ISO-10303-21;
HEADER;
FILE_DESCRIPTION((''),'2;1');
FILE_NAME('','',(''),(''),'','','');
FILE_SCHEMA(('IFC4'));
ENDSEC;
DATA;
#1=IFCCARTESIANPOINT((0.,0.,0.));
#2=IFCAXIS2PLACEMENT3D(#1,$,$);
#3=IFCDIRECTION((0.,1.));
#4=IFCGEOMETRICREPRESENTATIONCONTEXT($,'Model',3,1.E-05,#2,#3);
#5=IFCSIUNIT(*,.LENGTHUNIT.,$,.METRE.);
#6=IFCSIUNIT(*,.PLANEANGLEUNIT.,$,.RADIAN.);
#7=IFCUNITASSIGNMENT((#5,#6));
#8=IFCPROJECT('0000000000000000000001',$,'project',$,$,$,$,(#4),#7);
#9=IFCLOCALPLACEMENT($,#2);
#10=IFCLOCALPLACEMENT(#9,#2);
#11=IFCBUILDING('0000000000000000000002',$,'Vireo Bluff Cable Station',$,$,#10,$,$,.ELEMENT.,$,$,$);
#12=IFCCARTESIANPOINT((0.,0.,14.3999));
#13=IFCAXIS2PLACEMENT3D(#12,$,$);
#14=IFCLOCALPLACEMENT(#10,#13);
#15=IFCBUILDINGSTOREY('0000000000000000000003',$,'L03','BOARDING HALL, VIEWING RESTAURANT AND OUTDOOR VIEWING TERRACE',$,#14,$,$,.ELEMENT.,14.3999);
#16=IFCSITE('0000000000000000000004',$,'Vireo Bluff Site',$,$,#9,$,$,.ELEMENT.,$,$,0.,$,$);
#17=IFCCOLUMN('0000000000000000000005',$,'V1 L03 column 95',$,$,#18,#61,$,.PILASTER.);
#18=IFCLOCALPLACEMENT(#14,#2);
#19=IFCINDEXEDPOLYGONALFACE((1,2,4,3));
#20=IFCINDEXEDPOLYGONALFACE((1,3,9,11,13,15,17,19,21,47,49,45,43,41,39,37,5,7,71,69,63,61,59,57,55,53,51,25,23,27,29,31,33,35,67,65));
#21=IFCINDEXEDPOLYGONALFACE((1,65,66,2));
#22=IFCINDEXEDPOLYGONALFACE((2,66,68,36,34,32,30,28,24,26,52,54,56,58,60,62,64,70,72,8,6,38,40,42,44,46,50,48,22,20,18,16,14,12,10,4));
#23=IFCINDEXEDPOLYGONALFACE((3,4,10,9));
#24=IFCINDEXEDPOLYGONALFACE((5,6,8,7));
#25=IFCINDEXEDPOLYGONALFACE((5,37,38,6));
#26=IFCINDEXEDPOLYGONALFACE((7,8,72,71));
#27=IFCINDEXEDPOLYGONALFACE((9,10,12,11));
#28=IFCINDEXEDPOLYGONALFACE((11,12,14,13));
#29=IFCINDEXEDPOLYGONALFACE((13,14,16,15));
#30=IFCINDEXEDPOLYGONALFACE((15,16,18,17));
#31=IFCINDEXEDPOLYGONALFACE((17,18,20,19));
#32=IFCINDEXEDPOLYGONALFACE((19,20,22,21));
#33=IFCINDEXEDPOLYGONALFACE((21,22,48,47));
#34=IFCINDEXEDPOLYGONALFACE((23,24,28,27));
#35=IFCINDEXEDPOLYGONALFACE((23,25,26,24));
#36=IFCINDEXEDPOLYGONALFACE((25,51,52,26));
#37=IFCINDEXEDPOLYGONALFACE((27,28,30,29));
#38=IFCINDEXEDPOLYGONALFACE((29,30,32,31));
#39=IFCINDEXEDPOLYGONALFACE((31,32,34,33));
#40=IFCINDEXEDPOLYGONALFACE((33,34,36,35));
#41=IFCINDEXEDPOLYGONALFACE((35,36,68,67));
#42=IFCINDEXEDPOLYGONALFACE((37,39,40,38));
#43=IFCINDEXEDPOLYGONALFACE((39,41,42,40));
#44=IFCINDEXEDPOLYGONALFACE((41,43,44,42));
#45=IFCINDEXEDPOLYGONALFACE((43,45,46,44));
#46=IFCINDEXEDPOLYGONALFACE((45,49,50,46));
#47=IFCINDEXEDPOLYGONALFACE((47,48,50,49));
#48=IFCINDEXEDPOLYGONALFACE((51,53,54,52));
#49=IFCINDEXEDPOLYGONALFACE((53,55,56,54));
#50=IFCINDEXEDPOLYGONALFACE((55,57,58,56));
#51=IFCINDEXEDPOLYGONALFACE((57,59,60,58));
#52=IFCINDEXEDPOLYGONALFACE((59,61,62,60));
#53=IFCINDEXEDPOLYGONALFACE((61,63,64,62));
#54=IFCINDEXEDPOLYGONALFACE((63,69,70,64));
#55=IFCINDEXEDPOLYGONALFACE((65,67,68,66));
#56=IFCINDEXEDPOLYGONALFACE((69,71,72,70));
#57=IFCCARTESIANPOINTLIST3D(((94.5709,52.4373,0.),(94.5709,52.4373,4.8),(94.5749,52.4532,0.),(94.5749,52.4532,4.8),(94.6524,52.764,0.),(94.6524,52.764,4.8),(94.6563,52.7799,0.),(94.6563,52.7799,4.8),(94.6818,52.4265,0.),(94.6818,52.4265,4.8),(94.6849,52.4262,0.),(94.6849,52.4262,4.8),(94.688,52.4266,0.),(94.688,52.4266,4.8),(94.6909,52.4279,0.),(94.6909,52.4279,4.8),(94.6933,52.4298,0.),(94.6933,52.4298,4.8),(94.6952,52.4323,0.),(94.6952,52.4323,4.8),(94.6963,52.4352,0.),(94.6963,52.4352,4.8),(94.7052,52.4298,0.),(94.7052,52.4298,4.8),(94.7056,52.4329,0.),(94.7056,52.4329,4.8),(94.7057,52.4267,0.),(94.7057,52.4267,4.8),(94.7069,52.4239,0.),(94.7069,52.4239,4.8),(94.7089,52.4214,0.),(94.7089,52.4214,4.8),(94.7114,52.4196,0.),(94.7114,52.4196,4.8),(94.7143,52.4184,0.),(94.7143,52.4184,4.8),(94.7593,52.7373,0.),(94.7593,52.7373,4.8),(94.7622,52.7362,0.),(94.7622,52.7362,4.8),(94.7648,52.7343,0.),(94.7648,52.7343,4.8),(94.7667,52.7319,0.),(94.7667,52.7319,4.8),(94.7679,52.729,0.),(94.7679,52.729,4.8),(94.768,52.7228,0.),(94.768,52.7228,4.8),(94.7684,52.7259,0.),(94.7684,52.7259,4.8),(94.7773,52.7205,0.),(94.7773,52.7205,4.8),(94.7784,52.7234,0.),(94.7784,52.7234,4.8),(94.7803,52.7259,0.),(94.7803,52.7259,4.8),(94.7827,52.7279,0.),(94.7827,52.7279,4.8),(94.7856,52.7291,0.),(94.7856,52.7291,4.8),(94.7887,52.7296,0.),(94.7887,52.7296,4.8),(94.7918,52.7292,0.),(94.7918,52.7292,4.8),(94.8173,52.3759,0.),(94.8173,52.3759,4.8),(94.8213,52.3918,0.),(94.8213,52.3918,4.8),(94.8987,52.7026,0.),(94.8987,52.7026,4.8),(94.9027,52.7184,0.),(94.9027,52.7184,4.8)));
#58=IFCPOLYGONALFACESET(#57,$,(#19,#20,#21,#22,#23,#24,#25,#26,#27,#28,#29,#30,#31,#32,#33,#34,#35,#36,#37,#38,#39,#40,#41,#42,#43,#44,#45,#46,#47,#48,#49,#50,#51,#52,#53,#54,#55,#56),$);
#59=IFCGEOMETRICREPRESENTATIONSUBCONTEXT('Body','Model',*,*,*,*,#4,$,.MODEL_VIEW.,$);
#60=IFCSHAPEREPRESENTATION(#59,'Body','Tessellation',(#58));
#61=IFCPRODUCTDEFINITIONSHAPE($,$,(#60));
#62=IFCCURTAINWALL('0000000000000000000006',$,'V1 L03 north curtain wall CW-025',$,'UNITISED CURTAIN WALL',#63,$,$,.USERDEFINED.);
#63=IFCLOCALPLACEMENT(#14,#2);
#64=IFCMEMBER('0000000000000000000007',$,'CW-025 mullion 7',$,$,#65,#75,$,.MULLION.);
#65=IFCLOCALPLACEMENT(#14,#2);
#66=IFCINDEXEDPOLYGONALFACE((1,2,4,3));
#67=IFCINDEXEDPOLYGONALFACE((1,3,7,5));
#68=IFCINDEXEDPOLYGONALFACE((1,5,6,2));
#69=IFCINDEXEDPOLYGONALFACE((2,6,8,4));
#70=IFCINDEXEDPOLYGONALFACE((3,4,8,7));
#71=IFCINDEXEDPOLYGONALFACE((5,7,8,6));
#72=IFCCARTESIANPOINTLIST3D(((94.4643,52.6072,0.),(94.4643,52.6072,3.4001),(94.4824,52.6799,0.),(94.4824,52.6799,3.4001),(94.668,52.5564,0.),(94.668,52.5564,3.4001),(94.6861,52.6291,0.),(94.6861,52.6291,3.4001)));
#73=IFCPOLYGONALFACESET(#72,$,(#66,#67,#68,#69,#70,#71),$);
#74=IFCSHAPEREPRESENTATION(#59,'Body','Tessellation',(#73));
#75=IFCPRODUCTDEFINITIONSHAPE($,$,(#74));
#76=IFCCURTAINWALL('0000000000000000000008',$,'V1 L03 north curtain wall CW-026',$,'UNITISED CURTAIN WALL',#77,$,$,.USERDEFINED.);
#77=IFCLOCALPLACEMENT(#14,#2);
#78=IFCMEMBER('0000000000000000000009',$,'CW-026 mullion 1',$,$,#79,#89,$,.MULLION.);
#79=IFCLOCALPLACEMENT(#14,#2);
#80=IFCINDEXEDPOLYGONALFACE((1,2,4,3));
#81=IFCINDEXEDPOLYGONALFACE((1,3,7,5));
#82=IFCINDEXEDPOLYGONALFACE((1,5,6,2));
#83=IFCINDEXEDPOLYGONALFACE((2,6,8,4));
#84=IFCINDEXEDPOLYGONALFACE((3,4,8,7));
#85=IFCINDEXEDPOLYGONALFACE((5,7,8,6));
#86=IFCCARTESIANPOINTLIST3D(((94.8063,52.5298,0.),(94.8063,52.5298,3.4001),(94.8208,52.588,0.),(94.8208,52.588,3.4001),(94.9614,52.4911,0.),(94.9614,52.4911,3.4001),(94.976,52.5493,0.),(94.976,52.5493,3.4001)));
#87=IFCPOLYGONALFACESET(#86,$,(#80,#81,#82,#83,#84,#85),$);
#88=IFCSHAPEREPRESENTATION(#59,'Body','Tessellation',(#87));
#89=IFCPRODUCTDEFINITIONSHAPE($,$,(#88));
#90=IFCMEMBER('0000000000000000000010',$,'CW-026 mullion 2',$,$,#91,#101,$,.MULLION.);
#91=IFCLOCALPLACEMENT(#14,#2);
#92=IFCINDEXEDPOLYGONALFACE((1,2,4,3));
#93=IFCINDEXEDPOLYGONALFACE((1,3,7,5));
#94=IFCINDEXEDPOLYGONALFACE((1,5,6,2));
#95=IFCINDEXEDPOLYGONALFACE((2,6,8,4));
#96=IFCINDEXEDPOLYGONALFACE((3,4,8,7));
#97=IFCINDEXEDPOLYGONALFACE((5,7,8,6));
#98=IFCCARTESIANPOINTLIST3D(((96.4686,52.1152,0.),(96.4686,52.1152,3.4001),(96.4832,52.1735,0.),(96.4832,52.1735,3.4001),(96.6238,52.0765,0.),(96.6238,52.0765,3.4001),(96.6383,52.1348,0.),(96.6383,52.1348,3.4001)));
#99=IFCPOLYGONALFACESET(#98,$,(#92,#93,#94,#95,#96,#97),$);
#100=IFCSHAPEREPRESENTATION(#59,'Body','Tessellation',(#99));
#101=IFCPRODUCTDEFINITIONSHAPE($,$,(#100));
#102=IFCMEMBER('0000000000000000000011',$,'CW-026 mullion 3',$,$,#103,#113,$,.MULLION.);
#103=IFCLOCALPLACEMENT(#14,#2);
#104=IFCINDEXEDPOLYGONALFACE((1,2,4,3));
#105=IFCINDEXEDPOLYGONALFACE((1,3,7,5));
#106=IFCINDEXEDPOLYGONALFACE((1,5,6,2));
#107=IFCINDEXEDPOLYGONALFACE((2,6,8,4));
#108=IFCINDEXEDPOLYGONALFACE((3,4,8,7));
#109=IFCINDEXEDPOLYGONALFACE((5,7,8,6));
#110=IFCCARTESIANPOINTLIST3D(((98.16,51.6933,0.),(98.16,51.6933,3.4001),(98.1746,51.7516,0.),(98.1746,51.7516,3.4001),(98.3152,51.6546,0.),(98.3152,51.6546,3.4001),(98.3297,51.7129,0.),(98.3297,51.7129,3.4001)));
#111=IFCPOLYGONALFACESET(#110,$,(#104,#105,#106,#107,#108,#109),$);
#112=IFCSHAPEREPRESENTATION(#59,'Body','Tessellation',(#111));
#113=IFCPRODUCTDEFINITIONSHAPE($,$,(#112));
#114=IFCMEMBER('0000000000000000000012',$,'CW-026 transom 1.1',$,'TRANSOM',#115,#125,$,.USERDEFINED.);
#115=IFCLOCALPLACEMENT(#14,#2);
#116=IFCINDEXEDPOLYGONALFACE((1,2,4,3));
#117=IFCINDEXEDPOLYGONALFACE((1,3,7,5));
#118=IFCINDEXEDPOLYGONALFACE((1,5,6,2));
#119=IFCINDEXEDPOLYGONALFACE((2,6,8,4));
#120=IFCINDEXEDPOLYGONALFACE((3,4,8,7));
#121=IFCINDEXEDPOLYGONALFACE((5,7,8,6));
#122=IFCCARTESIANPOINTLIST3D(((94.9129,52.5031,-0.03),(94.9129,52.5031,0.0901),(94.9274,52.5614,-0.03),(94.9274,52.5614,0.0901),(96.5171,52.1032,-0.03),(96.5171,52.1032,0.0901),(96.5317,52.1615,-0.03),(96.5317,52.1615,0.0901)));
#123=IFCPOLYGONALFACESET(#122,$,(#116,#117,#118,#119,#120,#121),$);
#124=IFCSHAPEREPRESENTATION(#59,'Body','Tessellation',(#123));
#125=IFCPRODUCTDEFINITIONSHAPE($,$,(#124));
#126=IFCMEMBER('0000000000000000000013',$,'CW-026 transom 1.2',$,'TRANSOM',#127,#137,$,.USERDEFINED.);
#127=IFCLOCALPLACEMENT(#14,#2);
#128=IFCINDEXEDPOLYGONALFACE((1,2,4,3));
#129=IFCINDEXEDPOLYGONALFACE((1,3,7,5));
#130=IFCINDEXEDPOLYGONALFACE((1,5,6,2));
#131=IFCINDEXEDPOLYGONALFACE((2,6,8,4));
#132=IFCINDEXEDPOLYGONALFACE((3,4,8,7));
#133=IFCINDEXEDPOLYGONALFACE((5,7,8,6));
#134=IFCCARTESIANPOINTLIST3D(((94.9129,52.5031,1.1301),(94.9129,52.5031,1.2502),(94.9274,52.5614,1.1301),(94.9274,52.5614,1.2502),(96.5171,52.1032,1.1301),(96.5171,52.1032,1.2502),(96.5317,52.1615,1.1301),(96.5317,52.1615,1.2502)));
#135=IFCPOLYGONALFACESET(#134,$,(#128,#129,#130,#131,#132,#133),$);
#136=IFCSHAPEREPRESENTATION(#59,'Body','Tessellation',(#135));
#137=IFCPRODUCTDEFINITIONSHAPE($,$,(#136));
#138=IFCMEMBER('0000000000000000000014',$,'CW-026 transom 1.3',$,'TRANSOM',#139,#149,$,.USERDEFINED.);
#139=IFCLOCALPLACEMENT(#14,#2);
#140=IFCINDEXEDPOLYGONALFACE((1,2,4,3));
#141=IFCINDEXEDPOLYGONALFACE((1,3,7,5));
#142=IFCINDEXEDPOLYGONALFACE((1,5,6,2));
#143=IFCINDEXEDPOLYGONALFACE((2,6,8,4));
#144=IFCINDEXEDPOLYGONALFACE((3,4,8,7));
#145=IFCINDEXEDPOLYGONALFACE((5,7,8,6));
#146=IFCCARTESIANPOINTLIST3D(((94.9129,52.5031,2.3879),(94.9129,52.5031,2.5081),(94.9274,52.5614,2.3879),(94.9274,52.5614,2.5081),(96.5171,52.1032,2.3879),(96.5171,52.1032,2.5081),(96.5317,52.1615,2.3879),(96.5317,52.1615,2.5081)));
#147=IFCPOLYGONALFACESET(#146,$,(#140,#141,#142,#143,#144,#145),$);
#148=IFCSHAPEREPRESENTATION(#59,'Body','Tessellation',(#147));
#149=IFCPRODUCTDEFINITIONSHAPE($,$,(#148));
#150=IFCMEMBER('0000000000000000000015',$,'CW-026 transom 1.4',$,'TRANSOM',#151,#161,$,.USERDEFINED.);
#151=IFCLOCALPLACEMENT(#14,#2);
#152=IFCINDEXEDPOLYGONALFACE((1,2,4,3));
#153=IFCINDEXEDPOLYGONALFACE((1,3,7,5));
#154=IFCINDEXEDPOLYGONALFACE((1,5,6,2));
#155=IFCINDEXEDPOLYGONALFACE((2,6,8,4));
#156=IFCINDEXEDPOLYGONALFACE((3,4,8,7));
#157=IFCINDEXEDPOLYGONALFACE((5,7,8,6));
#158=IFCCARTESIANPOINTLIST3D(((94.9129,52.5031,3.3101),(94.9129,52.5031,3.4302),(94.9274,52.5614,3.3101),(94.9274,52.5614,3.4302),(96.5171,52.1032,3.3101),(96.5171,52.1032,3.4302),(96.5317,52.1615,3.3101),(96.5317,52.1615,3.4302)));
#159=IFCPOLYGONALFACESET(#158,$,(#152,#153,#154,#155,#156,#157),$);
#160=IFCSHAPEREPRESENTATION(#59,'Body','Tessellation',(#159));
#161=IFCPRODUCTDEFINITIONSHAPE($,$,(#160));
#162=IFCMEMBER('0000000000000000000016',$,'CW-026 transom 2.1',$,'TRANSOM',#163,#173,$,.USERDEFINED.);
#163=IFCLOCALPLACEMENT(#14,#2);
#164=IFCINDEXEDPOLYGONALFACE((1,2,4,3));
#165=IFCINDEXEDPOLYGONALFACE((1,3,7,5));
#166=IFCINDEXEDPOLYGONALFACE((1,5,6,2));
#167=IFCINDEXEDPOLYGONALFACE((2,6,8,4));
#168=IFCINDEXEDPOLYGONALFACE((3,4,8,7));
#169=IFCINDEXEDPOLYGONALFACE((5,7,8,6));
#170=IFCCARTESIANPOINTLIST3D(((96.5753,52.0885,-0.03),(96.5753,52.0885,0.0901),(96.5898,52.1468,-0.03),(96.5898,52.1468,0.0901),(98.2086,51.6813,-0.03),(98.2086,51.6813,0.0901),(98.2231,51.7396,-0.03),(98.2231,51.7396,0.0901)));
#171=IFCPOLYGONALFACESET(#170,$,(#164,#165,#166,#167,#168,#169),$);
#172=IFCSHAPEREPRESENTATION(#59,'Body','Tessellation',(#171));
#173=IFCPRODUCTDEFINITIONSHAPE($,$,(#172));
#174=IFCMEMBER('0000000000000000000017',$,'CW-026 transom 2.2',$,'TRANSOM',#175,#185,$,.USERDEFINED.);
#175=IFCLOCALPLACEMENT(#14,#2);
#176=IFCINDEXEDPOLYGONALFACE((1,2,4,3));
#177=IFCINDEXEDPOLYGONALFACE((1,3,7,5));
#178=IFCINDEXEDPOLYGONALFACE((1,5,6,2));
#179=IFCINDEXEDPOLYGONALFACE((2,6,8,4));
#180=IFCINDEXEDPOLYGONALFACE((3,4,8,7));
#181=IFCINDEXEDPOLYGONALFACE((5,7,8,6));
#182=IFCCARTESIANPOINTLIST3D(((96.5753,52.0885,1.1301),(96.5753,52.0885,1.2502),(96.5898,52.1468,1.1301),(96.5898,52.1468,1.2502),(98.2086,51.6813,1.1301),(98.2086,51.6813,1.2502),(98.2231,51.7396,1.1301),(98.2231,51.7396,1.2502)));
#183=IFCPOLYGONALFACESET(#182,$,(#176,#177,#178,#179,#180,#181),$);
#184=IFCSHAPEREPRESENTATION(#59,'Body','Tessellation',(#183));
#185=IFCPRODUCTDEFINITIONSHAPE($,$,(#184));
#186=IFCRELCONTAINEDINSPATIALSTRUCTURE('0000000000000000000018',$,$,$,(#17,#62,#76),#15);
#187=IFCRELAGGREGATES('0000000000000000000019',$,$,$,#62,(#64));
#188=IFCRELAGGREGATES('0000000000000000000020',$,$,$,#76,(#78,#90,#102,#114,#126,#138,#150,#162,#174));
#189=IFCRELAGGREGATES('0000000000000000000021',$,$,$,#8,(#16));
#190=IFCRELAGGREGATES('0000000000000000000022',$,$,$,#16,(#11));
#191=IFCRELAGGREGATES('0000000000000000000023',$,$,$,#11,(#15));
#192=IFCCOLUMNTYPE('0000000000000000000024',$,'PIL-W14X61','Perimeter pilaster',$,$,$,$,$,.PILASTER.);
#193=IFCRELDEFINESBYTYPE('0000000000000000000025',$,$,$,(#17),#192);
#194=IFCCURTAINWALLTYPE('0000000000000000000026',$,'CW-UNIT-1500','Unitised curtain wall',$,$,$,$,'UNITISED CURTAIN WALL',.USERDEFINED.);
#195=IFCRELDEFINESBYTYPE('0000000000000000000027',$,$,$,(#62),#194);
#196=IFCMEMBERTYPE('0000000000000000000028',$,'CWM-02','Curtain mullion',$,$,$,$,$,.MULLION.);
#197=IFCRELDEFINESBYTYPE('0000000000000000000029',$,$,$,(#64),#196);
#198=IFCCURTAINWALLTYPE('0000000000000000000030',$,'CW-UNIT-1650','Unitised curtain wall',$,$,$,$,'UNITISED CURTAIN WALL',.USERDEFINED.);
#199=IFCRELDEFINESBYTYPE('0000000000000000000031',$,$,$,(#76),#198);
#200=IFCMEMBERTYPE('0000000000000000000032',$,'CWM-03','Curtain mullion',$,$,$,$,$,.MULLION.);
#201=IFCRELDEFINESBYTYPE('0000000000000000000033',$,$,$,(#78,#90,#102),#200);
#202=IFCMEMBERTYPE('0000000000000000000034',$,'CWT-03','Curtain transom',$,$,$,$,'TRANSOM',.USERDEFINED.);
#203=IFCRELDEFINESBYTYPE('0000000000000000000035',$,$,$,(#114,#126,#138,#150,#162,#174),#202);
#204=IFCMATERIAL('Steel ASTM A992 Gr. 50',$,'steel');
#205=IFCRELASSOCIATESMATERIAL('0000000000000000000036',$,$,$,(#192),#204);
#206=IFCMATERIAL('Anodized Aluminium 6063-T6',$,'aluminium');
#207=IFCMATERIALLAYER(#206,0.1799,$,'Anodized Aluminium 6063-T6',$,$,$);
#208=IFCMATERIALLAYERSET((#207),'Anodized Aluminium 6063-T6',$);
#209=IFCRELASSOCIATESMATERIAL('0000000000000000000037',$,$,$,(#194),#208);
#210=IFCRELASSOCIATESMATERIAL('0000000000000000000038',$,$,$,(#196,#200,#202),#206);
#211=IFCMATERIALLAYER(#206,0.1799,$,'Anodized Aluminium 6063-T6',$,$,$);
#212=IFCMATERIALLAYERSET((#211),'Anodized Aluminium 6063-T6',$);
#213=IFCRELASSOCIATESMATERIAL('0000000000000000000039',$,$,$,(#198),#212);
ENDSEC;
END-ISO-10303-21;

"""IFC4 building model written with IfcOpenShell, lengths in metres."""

from ifc_helpers import new_model, si_unit, direction, frame, origin, origin_2d, place, context, subcontext, project, spatial, rectangle, i_section, extrude, material, layer, layer_set, material_profile, profile_set, type_object, element, aggregate, save


model = new_model("IFC4")

# Units and contexts
model_context = context("Model", 3, precision=1e-05, world=origin(), true_north=direction((0.0, 1.0)))
body_context = subcontext(model_context, "Body", "Model", "MODEL_VIEW")
ifc_project = project(units=[si_unit("LENGTHUNIT", "METRE"), si_unit("PLANEANGLEUNIT", "RADIAN")], contexts=[model_context])

# Site, building, storey
site_placement = place(None, origin())
site = spatial("IfcSite", under=ifc_project, at=site_placement, Name="Vireo Bluff Site", CompositionType="ELEMENT", RefElevation=0.0)
building_placement = place(site_placement, origin())
building = spatial("IfcBuilding", under=site, at=building_placement, Name="Vireo Bluff Cable Station", CompositionType="ELEMENT")
storey_placement = place(building_placement, frame((0.0, 0.0, 14.3999)))
storey = spatial("IfcBuildingStorey", under=building, at=storey_placement, Name="L03", Description="BOARDING HALL, VIEWING RESTAURANT AND OUTDOOR VIEWING TERRACE", CompositionType="ELEMENT", Elevation=14.3999)

# Column
ifc_material_1 = material(Name="Steel ASTM A992 Gr. 50", Category="steel")
ifc_material_profile_1 = material_profile(ifc_material_1, i_section(OverallWidth=0.2539, OverallDepth=0.353, WebThickness=0.0095, FlangeThickness=0.0164, FilletRadius=0.012, at=origin_2d()), Name="W14X61")
ifc_profile_set_1 = profile_set([ifc_material_profile_1], Name="Steel ASTM A992 Gr. 50")
column_type = type_object("IfcColumnType", Name="PIL-W14X61", Description="Perimeter pilaster", PredefinedType="PILASTER", material=ifc_profile_set_1)
column_placement = place(storey_placement, frame((94.7368, 52.5779, 0.0), z_axis=(0.0, 0.0, 1.0), x_axis=(0.970296, -0.241922, 0.0)))
element("IfcColumn", 1, at=column_placement, inside=storey, type_object=column_type, Name="V1 L03 column 95", PredefinedType="PILASTER", context=body_context, shape_type="SweptSolid", body=[
    extrude(i_section(OverallWidth=0.2539, OverallDepth=0.353, WebThickness=0.0095, FlangeThickness=0.0164, FilletRadius=0.012, at=origin_2d()), origin(), (0.0, 0.0, 1.0), 4.8),
])

# Curtain wall, member
ifc_material_2 = material(Name="Anodized Aluminium 6063-T6", Category="aluminium")
ifc_layer_1 = layer(ifc_material_2, 0.1799, Name="Anodized Aluminium 6063-T6")
ifc_layer_set_1 = layer_set([ifc_layer_1], Name="Anodized Aluminium 6063-T6")
curtain_wall_type_1 = type_object("IfcCurtainWallType", Name="CW-UNIT-1500", Description="Unitised curtain wall", ElementType="UNITISED CURTAIN WALL", PredefinedType="USERDEFINED", material=ifc_layer_set_1)
curtain_wall_1_placement = place(storey_placement, origin())
curtain_wall_1 = element("IfcCurtainWall", 2, at=curtain_wall_1_placement, inside=storey, type_object=curtain_wall_type_1, Name="V1 L03 north curtain wall CW-025", ObjectType="UNITISED CURTAIN WALL", PredefinedType="USERDEFINED")
ifc_material_profile_2 = material_profile(ifc_material_2, rectangle(XDim=0.075, YDim=0.21, at=origin_2d()), Name="ALU-M-75X210")
ifc_profile_set_2 = profile_set([ifc_material_profile_2], Name="Anodized Aluminium 6063-T6")
member_type_1 = type_object("IfcMemberType", Name="CWM-02", Description="Curtain mullion", PredefinedType="MULLION", material=ifc_profile_set_2)
member_1_placement = place(storey_placement, frame((94.5752, 52.6182, 0.0), z_axis=(0.0, 0.0, 1.0), x_axis=(0.241922, 0.970296, 0.0)))
member_1 = element("IfcMember", 3, at=member_1_placement, type_object=member_type_1, Name="CW-025 mullion 7", PredefinedType="MULLION", context=body_context, shape_type="SweptSolid", body=[
    extrude(rectangle(XDim=0.075, YDim=0.21, at=origin_2d()), origin(), (0.0, 0.0, 1.0), 3.4001),
])
aggregate(curtain_wall_1, [member_1])

# Curtain wall, members
ifc_layer_2 = layer(ifc_material_2, 0.1799, Name="Anodized Aluminium 6063-T6")
ifc_layer_set_2 = layer_set([ifc_layer_2], Name="Anodized Aluminium 6063-T6")
curtain_wall_type_2 = type_object("IfcCurtainWallType", Name="CW-UNIT-1650", Description="Unitised curtain wall", ElementType="UNITISED CURTAIN WALL", PredefinedType="USERDEFINED", material=ifc_layer_set_2)
curtain_wall_2_placement = place(storey_placement, origin())
curtain_wall_2 = element("IfcCurtainWall", 4, at=curtain_wall_2_placement, inside=storey, type_object=curtain_wall_type_2, Name="V1 L03 north curtain wall CW-026", ObjectType="UNITISED CURTAIN WALL", PredefinedType="USERDEFINED")
ifc_material_profile_3 = material_profile(ifc_material_2, rectangle(XDim=0.0601, YDim=0.1599, at=origin_2d()), Name="ALU-M-60X160")
ifc_profile_set_3 = profile_set([ifc_material_profile_3], Name="Anodized Aluminium 6063-T6")
member_type_2 = type_object("IfcMemberType", Name="CWM-03", Description="Curtain mullion", PredefinedType="MULLION", material=ifc_profile_set_3)
member_2_placement = place(storey_placement, frame((94.8911, 52.5396, 0.0), z_axis=(0.0, 0.0, 1.0), x_axis=(0.241922, 0.970296, 0.0)))
member_2 = element("IfcMember", 5, at=member_2_placement, type_object=member_type_2, Name="CW-026 mullion 1", PredefinedType="MULLION", context=body_context, shape_type="SweptSolid", body=[
    extrude(rectangle(XDim=0.0601, YDim=0.1599, at=origin_2d()), origin(), (0.0, 0.0, 1.0), 3.4001),
])
member_3_placement = place(storey_placement, frame((96.5535, 52.125, 0.0), z_axis=(0.0, 0.0, 1.0), x_axis=(0.241922, 0.970296, 0.0)))
member_3 = element("IfcMember", 6, at=member_3_placement, type_object=member_type_2, Name="CW-026 mullion 2", PredefinedType="MULLION", context=body_context, shape_type="SweptSolid", body=[
    extrude(rectangle(XDim=0.0601, YDim=0.1599, at=origin_2d()), origin(), (0.0, 0.0, 1.0), 3.4001),
])
member_4_placement = place(storey_placement, frame((98.2449, 51.7031, 0.0), z_axis=(0.0, 0.0, 1.0), x_axis=(0.241922, 0.970296, 0.0)))
member_4 = element("IfcMember", 7, at=member_4_placement, type_object=member_type_2, Name="CW-026 mullion 3", PredefinedType="MULLION", context=body_context, shape_type="SweptSolid", body=[
    extrude(rectangle(XDim=0.0601, YDim=0.1599, at=origin_2d()), origin(), (0.0, 0.0, 1.0), 3.4001),
])
ifc_material_profile_4 = material_profile(ifc_material_2, rectangle(XDim=0.0601, YDim=0.1201, at=origin_2d()), Name="ALU-T-60X120")
ifc_profile_set_4 = profile_set([ifc_material_profile_4], Name="Anodized Aluminium 6063-T6")
member_type_3 = type_object("IfcMemberType", Name="CWT-03", Description="Curtain transom", ElementType="TRANSOM", PredefinedType="USERDEFINED", material=ifc_profile_set_4)
member_5_placement = place(storey_placement, frame((94.9202, 52.5322, 0.03), z_axis=(0.970307, -0.241875, 0.0), x_axis=(0.241875, 0.970307, 0.0)))
member_5 = element("IfcMember", 8, at=member_5_placement, type_object=member_type_3, Name="CW-026 transom 1.1", ObjectType="TRANSOM", PredefinedType="USERDEFINED", context=body_context, shape_type="SweptSolid", body=[
    extrude(rectangle(XDim=0.0601, YDim=0.1201, at=origin_2d()), origin(), (0.0, 0.0, 1.0), 1.6533),
])
member_6_placement = place(storey_placement, frame((94.9202, 52.5322, 1.1902), z_axis=(0.970307, -0.241875, 0.0), x_axis=(0.241875, 0.970307, 0.0)))
member_6 = element("IfcMember", 9, at=member_6_placement, type_object=member_type_3, Name="CW-026 transom 1.2", ObjectType="TRANSOM", PredefinedType="USERDEFINED", context=body_context, shape_type="SweptSolid", body=[
    extrude(rectangle(XDim=0.0601, YDim=0.1201, at=origin_2d()), origin(), (0.0, 0.0, 1.0), 1.6533),
])
member_7_placement = place(storey_placement, frame((94.9202, 52.5322, 2.448), z_axis=(0.970307, -0.241875, 0.0), x_axis=(0.241875, 0.970307, 0.0)))
member_7 = element("IfcMember", 10, at=member_7_placement, type_object=member_type_3, Name="CW-026 transom 1.3", ObjectType="TRANSOM", PredefinedType="USERDEFINED", context=body_context, shape_type="SweptSolid", body=[
    extrude(rectangle(XDim=0.0601, YDim=0.1201, at=origin_2d()), origin(), (0.0, 0.0, 1.0), 1.6533),
])
member_8_placement = place(storey_placement, frame((94.9202, 52.5322, 3.3701), z_axis=(0.970307, -0.241875, 0.0), x_axis=(0.241875, 0.970307, 0.0)))
member_8 = element("IfcMember", 11, at=member_8_placement, type_object=member_type_3, Name="CW-026 transom 1.4", ObjectType="TRANSOM", PredefinedType="USERDEFINED", context=body_context, shape_type="SweptSolid", body=[
    extrude(rectangle(XDim=0.0601, YDim=0.1201, at=origin_2d()), origin(), (0.0, 0.0, 1.0), 1.6533),
])
member_9_placement = place(storey_placement, frame((96.5825, 52.1177, 0.03), z_axis=(0.970296, -0.241921, 0.0), x_axis=(0.241921, 0.970296, 0.0)))
member_9 = element("IfcMember", 12, at=member_9_placement, type_object=member_type_3, Name="CW-026 transom 2.1", ObjectType="TRANSOM", PredefinedType="USERDEFINED", context=body_context, shape_type="SweptSolid", body=[
    extrude(rectangle(XDim=0.0601, YDim=0.1201, at=origin_2d()), origin(), (0.0, 0.0, 1.0), 1.6833),
])
member_10_placement = place(storey_placement, frame((96.5825, 52.1177, 1.1902), z_axis=(0.970296, -0.241921, 0.0), x_axis=(0.241921, 0.970296, 0.0)))
member_10 = element("IfcMember", 13, at=member_10_placement, type_object=member_type_3, Name="CW-026 transom 2.2", ObjectType="TRANSOM", PredefinedType="USERDEFINED", context=body_context, shape_type="SweptSolid", body=[
    extrude(rectangle(XDim=0.0601, YDim=0.1201, at=origin_2d()), origin(), (0.0, 0.0, 1.0), 1.6833),
])
aggregate(curtain_wall_2, [member_2, member_3, member_4, member_5, member_6, member_7, member_8, member_9, member_10])

save(model, "model.ifc")
